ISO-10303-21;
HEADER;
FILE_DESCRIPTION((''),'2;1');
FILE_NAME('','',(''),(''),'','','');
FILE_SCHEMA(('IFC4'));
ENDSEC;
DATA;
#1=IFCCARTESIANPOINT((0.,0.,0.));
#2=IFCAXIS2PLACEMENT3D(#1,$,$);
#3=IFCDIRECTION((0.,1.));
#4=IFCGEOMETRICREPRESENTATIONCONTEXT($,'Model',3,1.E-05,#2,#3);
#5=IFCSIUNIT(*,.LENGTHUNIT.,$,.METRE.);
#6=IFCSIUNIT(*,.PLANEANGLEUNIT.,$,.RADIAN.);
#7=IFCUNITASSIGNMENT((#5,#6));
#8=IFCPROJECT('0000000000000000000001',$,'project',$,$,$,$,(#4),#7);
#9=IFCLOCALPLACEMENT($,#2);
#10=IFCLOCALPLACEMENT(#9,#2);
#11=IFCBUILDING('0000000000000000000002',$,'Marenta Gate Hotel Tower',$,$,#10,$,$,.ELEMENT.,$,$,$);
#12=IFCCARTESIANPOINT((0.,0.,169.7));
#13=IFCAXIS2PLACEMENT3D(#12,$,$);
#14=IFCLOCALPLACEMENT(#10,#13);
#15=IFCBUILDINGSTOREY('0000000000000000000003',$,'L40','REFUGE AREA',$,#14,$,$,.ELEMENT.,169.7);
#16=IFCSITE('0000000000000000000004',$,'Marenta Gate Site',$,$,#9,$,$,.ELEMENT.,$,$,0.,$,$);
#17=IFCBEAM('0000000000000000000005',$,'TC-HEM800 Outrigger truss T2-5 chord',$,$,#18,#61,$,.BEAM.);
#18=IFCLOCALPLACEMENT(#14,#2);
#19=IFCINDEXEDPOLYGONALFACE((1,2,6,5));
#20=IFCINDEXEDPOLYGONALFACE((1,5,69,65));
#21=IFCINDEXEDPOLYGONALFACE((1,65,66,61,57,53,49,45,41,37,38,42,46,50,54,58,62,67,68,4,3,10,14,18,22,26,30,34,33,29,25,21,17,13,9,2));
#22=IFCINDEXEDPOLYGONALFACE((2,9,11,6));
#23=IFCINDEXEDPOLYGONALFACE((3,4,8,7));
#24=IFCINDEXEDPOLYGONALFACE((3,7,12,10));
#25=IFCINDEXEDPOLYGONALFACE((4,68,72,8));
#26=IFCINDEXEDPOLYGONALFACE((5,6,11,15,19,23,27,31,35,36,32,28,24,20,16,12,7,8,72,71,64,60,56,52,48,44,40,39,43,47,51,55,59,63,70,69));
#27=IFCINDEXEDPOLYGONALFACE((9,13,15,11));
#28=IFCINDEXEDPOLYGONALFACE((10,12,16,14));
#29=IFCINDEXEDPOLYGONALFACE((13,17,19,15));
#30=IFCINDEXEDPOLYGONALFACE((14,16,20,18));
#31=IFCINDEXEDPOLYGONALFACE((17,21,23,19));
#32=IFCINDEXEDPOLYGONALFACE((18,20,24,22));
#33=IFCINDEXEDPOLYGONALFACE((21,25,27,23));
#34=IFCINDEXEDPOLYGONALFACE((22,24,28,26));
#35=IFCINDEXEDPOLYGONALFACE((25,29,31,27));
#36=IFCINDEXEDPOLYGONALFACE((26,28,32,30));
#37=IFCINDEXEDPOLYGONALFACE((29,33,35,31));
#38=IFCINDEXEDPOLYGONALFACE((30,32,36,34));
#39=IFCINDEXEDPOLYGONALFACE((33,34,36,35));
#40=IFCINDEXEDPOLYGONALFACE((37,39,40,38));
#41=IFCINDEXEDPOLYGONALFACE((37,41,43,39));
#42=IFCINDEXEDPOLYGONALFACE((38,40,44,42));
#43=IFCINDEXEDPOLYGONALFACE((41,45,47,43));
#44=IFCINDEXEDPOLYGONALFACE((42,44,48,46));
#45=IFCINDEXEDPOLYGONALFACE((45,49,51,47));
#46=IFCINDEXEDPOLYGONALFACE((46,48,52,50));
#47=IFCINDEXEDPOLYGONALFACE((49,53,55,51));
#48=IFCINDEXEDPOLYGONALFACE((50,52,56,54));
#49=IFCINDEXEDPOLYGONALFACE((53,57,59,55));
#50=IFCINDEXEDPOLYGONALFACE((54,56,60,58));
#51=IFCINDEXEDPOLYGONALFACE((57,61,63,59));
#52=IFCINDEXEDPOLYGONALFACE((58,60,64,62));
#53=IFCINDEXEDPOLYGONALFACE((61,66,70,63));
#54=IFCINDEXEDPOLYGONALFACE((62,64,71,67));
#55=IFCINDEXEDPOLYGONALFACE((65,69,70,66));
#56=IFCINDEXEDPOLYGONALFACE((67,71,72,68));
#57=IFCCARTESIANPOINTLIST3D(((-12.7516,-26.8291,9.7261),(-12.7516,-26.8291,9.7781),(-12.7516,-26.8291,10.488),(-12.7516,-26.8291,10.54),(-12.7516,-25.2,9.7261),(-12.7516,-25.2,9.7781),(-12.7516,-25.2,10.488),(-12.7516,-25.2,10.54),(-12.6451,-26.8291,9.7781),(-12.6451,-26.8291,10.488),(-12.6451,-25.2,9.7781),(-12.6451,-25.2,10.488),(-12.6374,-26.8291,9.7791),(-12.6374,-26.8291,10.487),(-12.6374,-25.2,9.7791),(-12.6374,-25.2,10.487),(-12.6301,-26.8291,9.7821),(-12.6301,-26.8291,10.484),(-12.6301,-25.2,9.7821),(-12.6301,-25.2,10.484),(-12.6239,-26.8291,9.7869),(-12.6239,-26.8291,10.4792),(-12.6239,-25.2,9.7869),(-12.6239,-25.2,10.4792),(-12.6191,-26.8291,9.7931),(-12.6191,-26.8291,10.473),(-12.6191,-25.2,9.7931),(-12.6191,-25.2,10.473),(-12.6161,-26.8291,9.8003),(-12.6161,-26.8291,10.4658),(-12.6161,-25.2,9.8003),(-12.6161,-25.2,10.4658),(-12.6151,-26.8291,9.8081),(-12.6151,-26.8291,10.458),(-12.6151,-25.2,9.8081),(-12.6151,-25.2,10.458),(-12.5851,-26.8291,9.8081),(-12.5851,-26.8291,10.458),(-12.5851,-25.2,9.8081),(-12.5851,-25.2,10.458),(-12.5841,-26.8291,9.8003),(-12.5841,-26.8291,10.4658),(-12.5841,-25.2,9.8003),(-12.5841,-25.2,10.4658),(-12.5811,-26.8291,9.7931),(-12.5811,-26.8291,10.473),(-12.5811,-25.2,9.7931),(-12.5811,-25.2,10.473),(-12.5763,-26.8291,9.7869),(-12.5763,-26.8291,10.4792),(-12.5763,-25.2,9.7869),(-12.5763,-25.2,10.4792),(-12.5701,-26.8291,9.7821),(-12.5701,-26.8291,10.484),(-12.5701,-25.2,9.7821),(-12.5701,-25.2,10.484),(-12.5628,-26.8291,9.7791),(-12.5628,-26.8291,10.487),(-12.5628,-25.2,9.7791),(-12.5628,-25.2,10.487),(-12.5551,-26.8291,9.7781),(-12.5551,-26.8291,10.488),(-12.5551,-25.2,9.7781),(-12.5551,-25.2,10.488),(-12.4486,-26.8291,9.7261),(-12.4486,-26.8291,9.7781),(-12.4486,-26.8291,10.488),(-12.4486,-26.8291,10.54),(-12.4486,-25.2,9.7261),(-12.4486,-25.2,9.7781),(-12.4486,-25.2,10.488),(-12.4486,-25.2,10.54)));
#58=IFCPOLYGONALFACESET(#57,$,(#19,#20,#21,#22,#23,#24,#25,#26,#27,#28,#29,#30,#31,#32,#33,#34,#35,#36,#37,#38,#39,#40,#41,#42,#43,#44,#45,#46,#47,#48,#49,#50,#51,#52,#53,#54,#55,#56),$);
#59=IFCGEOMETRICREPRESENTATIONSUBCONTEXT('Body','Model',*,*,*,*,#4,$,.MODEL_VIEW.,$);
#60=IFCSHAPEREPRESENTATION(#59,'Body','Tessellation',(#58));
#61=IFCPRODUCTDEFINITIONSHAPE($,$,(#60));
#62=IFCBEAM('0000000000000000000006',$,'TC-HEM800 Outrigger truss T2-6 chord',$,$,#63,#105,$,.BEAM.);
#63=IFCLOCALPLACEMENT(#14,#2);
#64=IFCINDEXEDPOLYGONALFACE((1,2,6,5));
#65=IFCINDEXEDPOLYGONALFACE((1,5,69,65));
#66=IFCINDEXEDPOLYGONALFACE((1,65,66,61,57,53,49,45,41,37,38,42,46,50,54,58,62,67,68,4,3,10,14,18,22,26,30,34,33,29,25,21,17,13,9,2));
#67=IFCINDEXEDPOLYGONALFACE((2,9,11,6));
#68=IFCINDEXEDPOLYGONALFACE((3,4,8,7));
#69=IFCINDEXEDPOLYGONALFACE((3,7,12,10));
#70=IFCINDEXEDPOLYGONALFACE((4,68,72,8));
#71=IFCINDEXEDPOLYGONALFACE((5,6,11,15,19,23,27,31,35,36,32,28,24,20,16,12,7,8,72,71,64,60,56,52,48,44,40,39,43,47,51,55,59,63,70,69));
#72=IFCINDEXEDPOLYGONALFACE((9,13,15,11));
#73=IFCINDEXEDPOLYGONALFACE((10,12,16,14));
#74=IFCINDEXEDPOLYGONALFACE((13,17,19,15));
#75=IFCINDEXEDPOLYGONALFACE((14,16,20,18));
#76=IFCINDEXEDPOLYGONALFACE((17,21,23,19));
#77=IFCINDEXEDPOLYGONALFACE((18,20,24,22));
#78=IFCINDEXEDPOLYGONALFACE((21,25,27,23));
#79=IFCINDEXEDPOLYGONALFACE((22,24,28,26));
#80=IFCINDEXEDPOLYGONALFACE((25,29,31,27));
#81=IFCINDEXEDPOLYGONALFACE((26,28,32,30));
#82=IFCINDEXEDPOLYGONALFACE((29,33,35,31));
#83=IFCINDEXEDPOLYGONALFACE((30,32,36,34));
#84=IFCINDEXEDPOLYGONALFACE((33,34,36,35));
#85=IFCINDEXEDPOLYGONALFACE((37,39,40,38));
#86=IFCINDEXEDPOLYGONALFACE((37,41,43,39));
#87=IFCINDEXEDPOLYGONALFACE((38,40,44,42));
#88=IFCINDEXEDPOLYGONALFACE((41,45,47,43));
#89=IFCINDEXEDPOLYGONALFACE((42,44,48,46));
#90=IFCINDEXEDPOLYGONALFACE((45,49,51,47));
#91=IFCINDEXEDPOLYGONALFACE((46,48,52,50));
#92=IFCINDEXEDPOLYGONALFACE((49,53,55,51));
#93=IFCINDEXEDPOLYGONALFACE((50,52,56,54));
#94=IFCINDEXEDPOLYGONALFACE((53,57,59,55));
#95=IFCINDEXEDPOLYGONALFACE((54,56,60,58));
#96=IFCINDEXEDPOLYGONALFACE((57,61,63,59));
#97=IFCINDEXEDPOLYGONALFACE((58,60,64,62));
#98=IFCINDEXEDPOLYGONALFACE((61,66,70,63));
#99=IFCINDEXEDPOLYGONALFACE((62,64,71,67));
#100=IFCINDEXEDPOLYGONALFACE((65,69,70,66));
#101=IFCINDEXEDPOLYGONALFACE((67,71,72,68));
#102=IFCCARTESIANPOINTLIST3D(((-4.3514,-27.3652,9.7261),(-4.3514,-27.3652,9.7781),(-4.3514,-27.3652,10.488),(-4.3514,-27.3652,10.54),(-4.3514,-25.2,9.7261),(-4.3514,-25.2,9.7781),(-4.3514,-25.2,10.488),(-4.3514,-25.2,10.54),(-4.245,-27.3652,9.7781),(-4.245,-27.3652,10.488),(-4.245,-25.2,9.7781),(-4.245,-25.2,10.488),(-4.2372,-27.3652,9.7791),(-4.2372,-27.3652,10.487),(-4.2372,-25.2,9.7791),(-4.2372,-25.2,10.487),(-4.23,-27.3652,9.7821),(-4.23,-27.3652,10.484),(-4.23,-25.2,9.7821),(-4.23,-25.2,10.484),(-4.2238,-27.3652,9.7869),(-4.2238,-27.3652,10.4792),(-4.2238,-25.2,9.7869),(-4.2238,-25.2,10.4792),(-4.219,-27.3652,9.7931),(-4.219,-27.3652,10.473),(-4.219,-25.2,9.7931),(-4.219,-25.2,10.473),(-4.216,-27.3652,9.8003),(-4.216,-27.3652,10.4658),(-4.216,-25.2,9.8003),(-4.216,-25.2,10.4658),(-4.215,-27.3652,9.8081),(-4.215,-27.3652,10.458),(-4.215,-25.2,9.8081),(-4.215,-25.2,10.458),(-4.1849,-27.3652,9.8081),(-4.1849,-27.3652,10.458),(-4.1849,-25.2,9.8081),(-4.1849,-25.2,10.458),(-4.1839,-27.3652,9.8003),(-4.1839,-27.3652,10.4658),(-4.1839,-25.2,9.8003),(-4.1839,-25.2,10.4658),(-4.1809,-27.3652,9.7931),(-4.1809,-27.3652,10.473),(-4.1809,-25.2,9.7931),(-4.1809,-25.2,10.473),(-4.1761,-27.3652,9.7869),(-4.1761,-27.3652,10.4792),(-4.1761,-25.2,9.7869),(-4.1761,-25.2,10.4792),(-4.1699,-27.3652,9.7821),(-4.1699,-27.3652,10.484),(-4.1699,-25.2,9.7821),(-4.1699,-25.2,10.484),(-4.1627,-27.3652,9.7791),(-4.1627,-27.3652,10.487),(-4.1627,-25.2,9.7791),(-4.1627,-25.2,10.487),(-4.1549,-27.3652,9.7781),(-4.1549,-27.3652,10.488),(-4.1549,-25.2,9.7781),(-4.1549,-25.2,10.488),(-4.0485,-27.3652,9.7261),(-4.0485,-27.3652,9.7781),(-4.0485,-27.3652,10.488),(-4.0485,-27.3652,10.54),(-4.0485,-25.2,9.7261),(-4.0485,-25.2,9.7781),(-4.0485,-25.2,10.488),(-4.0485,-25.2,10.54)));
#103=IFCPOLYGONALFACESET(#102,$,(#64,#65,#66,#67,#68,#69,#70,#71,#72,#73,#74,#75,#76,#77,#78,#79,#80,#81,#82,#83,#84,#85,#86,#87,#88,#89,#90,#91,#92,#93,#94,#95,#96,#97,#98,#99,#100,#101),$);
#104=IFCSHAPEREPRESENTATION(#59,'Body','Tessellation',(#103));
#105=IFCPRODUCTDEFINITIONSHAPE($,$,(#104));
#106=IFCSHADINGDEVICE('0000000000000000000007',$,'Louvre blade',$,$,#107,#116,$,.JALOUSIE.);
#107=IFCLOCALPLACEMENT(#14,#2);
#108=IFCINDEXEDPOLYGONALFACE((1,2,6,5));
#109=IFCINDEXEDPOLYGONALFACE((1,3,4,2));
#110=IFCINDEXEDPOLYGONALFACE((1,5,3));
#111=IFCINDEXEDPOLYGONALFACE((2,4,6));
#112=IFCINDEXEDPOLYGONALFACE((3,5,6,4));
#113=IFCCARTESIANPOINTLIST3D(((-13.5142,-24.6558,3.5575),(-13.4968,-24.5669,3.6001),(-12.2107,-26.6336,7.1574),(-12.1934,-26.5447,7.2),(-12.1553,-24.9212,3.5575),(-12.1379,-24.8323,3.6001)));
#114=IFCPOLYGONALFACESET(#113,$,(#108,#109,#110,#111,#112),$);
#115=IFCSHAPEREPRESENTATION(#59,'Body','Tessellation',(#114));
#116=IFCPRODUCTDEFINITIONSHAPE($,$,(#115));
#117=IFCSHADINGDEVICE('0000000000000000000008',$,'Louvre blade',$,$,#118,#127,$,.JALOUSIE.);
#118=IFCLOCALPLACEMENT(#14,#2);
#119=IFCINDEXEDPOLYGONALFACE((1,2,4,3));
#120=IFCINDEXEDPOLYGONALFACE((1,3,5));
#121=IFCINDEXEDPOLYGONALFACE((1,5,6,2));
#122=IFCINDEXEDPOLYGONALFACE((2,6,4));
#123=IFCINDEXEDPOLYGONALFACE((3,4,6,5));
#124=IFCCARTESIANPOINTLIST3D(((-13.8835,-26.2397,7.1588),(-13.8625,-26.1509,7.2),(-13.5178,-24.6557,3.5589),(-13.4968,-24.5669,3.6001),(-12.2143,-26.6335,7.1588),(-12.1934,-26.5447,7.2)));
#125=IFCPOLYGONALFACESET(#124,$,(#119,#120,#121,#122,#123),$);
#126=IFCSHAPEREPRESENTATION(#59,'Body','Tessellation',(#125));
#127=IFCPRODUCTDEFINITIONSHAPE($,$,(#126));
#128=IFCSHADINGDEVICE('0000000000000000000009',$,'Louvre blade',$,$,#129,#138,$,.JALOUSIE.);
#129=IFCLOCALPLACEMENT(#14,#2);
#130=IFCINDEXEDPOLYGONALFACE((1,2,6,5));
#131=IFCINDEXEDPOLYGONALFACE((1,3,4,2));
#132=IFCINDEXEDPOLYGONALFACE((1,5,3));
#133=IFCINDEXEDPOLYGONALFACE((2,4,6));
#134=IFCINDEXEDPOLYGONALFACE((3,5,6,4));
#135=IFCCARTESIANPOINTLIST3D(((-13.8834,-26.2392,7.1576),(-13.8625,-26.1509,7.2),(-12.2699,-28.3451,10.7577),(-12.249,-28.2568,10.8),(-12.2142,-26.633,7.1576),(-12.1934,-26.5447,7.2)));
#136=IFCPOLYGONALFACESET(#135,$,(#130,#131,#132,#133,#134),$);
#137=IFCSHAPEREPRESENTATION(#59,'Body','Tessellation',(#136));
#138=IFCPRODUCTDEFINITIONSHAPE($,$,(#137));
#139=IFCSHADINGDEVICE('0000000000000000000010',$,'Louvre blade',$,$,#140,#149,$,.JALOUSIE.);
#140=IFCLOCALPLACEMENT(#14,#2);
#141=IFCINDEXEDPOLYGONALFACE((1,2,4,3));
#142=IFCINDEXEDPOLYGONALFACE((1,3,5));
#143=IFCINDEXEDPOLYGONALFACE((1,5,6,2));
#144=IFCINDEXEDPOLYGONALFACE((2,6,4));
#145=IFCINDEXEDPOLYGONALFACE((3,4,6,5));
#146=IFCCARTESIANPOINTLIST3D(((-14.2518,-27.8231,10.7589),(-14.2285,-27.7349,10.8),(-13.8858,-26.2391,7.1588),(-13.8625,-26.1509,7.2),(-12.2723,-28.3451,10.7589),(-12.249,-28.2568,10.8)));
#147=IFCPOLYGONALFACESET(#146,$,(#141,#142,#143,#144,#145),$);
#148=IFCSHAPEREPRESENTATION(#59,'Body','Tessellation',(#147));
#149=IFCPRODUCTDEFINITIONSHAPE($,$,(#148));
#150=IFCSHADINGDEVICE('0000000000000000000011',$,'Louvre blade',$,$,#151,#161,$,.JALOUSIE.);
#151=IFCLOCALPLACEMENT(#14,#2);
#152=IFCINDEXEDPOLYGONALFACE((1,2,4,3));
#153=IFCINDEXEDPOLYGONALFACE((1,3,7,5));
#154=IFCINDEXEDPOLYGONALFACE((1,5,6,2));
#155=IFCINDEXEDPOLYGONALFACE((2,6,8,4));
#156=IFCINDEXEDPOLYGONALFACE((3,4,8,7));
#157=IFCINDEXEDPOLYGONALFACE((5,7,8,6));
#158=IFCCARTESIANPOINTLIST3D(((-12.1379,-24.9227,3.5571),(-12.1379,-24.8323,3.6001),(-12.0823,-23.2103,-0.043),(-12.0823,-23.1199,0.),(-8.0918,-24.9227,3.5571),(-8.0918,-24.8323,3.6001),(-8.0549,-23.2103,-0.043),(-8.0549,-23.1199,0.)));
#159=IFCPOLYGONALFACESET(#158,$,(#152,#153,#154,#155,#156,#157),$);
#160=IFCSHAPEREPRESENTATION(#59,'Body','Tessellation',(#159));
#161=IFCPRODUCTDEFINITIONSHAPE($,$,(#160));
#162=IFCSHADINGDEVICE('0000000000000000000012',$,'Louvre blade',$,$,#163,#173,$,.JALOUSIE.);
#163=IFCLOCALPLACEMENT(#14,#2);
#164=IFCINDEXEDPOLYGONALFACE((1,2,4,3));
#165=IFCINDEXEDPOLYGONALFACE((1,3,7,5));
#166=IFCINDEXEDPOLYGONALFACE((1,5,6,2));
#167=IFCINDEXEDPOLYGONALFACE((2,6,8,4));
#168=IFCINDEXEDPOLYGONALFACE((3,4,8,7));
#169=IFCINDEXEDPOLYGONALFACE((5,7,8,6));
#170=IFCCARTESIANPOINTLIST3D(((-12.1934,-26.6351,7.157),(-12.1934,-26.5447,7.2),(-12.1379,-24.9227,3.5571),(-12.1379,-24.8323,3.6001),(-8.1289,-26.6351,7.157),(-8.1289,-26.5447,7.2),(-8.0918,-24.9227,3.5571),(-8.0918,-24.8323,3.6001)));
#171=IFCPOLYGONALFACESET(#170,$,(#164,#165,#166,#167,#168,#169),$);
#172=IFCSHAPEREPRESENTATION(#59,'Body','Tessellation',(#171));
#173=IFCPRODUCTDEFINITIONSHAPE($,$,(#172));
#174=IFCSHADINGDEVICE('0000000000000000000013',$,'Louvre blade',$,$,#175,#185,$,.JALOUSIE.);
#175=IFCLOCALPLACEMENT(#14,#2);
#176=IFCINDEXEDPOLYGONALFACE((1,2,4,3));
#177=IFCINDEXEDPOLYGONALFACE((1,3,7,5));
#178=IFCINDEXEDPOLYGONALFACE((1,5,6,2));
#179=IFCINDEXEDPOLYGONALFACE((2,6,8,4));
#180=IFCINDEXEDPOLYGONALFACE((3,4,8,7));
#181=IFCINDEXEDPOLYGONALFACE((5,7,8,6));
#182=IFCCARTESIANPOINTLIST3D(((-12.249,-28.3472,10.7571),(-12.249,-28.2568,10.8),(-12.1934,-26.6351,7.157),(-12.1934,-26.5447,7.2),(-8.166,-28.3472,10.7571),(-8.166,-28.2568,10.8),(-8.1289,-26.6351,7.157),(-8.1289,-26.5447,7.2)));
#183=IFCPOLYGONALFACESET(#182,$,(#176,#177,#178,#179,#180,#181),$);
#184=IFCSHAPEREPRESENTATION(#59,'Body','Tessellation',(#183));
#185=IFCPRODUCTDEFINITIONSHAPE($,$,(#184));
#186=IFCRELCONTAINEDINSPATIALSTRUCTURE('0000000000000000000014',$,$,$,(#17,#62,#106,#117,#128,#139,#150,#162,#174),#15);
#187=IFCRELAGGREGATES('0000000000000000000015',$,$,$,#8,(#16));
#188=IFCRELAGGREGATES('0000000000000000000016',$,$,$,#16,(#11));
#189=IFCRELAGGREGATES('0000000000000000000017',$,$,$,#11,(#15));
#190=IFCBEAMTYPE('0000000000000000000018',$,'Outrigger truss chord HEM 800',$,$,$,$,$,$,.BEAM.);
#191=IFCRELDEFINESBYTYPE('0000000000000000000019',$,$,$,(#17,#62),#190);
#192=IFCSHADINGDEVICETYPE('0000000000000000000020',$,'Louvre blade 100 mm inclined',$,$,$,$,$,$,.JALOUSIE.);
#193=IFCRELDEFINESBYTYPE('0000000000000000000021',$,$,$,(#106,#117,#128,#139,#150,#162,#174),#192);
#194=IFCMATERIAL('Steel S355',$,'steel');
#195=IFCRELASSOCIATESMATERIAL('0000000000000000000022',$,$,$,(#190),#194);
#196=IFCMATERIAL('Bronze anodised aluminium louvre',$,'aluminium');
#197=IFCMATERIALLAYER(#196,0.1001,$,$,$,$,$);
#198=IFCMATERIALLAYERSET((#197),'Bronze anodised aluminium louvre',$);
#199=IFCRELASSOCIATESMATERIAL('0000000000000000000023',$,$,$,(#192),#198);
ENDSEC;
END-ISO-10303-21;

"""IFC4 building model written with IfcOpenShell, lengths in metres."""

from ifc_helpers import new_model, si_unit, direction, frame, origin, origin_2d, place, context, subcontext, project, spatial, polyline, i_section, outline, extrude, material, layer, layer_set, material_profile, profile_set, type_object, element, save


model = new_model("IFC4")

# Units and contexts
model_context = context("Model", 3, precision=1e-05, world=origin(), true_north=direction((0.0, 1.0)))
body_context = subcontext(model_context, "Body", "Model", "MODEL_VIEW")
ifc_project = project(units=[si_unit("LENGTHUNIT", "METRE"), si_unit("PLANEANGLEUNIT", "RADIAN")], contexts=[model_context])

# Site, building, storey
site_placement = place(None, origin())
site = spatial("IfcSite", under=ifc_project, at=site_placement, Name="Marenta Gate Site", CompositionType="ELEMENT", RefElevation=0.0)
building_placement = place(site_placement, origin())
building = spatial("IfcBuilding", under=site, at=building_placement, Name="Marenta Gate Hotel Tower", CompositionType="ELEMENT")
storey_placement = place(building_placement, frame((0.0, 0.0, 169.7)))
storey = spatial("IfcBuildingStorey", under=building, at=storey_placement, Name="L40", Description="REFUGE AREA", CompositionType="ELEMENT", Elevation=169.7)

# Beams
ifc_material_1 = material(Name="Steel S355", Category="steel")
ifc_material_profile_1 = material_profile(ifc_material_1, i_section(OverallWidth=0.303, OverallDepth=0.814, WebThickness=0.03, FlangeThickness=0.052, FilletRadius=0.03, at=origin_2d()), Name="HEM 800")
ifc_profile_set_1 = profile_set([ifc_material_profile_1], Name="Steel S355")
beam_type = type_object("IfcBeamType", Name="Outrigger truss chord HEM 800", PredefinedType="BEAM", material=ifc_profile_set_1)
beam_1_placement = place(storey_placement, frame((-12.6001, -25.2, 10.1331), z_axis=(0.0, -1.0, 0.0), x_axis=(1.0, 0.0, 0.0)))
element("IfcBeam", 1, at=beam_1_placement, inside=storey, type_object=beam_type, Name="TC-HEM800 Outrigger truss T2-5 chord", PredefinedType="BEAM", context=body_context, shape_type="SweptSolid", body=[
    extrude(i_section(OverallWidth=0.303, OverallDepth=0.814, WebThickness=0.03, FlangeThickness=0.052, FilletRadius=0.03, at=origin_2d()), origin(), (0.0, 0.0, 1.0), 1.6292),
])
beam_2_placement = place(storey_placement, frame((-4.2, -25.2, 10.1331), z_axis=(0.0, -1.0, 0.0), x_axis=(1.0, 0.0, 0.0)))
element("IfcBeam", 2, at=beam_2_placement, inside=storey, type_object=beam_type, Name="TC-HEM800 Outrigger truss T2-6 chord", PredefinedType="BEAM", context=body_context, shape_type="SweptSolid", body=[
    extrude(i_section(OverallWidth=0.303, OverallDepth=0.814, WebThickness=0.03, FlangeThickness=0.052, FilletRadius=0.03, at=origin_2d()), origin(), (0.0, 0.0, 1.0), 2.1653),
])

# Shading devices
ifc_material_2 = material(Name="Bronze anodised aluminium louvre", Category="aluminium")
ifc_layer = layer(ifc_material_2, 0.1001)
ifc_layer_set = layer_set([ifc_layer], Name="Bronze anodised aluminium louvre")
shading_device_type = type_object("IfcShadingDeviceType", Name="Louvre blade 100 mm inclined", PredefinedType="JALOUSIE", material=ifc_layer_set)
shading_device_1_placement = place(storey_placement, frame((-13.4968, -24.5669, 3.6001), z_axis=(0.17348, 0.888306, 0.425226), x_axis=(0.981459, -0.191672, 0.0)))
element("IfcShadingDevice", 3, at=shading_device_1_placement, inside=storey, type_object=shading_device_type, Name="Louvre blade", PredefinedType="JALOUSIE", context=body_context, shape_type="SweptSolid", body=[
    extrude(outline(polyline([(0.0, 0.0), (1.3846, 0.0), (1.6584, -3.9774), (0.0, 0.0)])), origin(), (0.0, 0.0, -1.0), 0.1001),
])
shading_device_2_placement = place(storey_placement, frame((-13.4968, -24.5669, 3.6001), z_axis=(0.20927, 0.887029, 0.411565), x_axis=(0.302481, -0.458963, 0.835379)))
element("IfcShadingDevice", 4, at=shading_device_2_placement, inside=storey, type_object=shading_device_type, Name="Louvre blade", PredefinedType="JALOUSIE", context=body_context, shape_type="SweptSolid", body=[
    extrude(outline(polyline([(0.0, 0.0), (4.3092, 0.0), (3.6236, -1.572), (0.0, 0.0)])), origin(), (0.0, 0.0, -1.0), 0.1001),
])
shading_device_3_placement = place(storey_placement, frame((-13.8625, -26.1509, 7.2), z_axis=(0.208095, 0.882051, 0.422709), x_axis=(0.973281, -0.229619, 0.0)))
element("IfcShadingDevice", 5, at=shading_device_3_placement, inside=storey, type_object=shading_device_type, Name="Louvre blade", PredefinedType="JALOUSIE", context=body_context, shape_type="SweptSolid", body=[
    extrude(outline(polyline([(0.0, 0.0), (1.715, 0.0), (2.054, -3.9725), (0.0, 0.0)])), origin(), (0.0, 0.0, -1.0), 0.1001),
])
shading_device_4_placement = place(storey_placement, frame((-13.8625, -26.1509, 7.2), z_axis=(0.232398, 0.881331, 0.411396), x_axis=(0.360802, -0.470915, 0.805022)))
element("IfcShadingDevice", 6, at=shading_device_4_placement, inside=storey, type_object=shading_device_type, Name="Louvre blade", PredefinedType="JALOUSIE", context=body_context, shape_type="SweptSolid", body=[
    extrude(outline(polyline([(0.0, 0.0), (4.472, 0.0), (3.512, -1.8081), (0.0, 0.0)])), origin(), (0.0, 0.0, -1.0), 0.1001),
])
shading_device_5_placement = place(storey_placement, frame((-12.0823, -23.1199, 0.0), z_axis=(0.0, 0.903048, 0.429539), x_axis=(1.0, 0.0, 0.0)))
element("IfcShadingDevice", 7, at=shading_device_5_placement, inside=storey, type_object=shading_device_type, Name="Louvre blade", PredefinedType="JALOUSIE", context=body_context, shape_type="SweptSolid", body=[
    extrude(outline(polyline([(0.0, 0.0), (4.0273, 0.0), (3.9905, -3.9866), (-0.0557, -3.9866), (0.0, 0.0)])), origin(), (0.0, 0.0, -1.0), 0.1001),
])
shading_device_6_placement = place(storey_placement, frame((-12.1379, -24.8323, 3.6001), z_axis=(0.0, 0.903037, 0.429563), x_axis=(1.0, 0.0, 0.0)))
element("IfcShadingDevice", 8, at=shading_device_6_placement, inside=storey, type_object=shading_device_type, Name="Louvre blade", PredefinedType="JALOUSIE", context=body_context, shape_type="SweptSolid", body=[
    extrude(outline(polyline([(0.0, 0.0), (4.0461, 0.0), (4.009, -3.9864), (-0.0554, -3.9864), (0.0, 0.0)])), origin(), (0.0, 0.0, -1.0), 0.1001),
])
shading_device_7_placement = place(storey_placement, frame((-12.1934, -26.5447, 7.2), z_axis=(0.0, 0.903072, 0.429489), x_axis=(1.0, 0.0, 0.0)))
element("IfcShadingDevice", 9, at=shading_device_7_placement, inside=storey, type_object=shading_device_type, Name="Louvre blade", PredefinedType="JALOUSIE", context=body_context, shape_type="SweptSolid", body=[
    extrude(outline(polyline([(0.0, 0.0), (4.0645, 0.0), (4.0273, -3.9865), (-0.0557, -3.9865), (0.0, 0.0)])), origin(), (0.0, 0.0, -1.0), 0.1001),
])

save(model, "model.ifc")
